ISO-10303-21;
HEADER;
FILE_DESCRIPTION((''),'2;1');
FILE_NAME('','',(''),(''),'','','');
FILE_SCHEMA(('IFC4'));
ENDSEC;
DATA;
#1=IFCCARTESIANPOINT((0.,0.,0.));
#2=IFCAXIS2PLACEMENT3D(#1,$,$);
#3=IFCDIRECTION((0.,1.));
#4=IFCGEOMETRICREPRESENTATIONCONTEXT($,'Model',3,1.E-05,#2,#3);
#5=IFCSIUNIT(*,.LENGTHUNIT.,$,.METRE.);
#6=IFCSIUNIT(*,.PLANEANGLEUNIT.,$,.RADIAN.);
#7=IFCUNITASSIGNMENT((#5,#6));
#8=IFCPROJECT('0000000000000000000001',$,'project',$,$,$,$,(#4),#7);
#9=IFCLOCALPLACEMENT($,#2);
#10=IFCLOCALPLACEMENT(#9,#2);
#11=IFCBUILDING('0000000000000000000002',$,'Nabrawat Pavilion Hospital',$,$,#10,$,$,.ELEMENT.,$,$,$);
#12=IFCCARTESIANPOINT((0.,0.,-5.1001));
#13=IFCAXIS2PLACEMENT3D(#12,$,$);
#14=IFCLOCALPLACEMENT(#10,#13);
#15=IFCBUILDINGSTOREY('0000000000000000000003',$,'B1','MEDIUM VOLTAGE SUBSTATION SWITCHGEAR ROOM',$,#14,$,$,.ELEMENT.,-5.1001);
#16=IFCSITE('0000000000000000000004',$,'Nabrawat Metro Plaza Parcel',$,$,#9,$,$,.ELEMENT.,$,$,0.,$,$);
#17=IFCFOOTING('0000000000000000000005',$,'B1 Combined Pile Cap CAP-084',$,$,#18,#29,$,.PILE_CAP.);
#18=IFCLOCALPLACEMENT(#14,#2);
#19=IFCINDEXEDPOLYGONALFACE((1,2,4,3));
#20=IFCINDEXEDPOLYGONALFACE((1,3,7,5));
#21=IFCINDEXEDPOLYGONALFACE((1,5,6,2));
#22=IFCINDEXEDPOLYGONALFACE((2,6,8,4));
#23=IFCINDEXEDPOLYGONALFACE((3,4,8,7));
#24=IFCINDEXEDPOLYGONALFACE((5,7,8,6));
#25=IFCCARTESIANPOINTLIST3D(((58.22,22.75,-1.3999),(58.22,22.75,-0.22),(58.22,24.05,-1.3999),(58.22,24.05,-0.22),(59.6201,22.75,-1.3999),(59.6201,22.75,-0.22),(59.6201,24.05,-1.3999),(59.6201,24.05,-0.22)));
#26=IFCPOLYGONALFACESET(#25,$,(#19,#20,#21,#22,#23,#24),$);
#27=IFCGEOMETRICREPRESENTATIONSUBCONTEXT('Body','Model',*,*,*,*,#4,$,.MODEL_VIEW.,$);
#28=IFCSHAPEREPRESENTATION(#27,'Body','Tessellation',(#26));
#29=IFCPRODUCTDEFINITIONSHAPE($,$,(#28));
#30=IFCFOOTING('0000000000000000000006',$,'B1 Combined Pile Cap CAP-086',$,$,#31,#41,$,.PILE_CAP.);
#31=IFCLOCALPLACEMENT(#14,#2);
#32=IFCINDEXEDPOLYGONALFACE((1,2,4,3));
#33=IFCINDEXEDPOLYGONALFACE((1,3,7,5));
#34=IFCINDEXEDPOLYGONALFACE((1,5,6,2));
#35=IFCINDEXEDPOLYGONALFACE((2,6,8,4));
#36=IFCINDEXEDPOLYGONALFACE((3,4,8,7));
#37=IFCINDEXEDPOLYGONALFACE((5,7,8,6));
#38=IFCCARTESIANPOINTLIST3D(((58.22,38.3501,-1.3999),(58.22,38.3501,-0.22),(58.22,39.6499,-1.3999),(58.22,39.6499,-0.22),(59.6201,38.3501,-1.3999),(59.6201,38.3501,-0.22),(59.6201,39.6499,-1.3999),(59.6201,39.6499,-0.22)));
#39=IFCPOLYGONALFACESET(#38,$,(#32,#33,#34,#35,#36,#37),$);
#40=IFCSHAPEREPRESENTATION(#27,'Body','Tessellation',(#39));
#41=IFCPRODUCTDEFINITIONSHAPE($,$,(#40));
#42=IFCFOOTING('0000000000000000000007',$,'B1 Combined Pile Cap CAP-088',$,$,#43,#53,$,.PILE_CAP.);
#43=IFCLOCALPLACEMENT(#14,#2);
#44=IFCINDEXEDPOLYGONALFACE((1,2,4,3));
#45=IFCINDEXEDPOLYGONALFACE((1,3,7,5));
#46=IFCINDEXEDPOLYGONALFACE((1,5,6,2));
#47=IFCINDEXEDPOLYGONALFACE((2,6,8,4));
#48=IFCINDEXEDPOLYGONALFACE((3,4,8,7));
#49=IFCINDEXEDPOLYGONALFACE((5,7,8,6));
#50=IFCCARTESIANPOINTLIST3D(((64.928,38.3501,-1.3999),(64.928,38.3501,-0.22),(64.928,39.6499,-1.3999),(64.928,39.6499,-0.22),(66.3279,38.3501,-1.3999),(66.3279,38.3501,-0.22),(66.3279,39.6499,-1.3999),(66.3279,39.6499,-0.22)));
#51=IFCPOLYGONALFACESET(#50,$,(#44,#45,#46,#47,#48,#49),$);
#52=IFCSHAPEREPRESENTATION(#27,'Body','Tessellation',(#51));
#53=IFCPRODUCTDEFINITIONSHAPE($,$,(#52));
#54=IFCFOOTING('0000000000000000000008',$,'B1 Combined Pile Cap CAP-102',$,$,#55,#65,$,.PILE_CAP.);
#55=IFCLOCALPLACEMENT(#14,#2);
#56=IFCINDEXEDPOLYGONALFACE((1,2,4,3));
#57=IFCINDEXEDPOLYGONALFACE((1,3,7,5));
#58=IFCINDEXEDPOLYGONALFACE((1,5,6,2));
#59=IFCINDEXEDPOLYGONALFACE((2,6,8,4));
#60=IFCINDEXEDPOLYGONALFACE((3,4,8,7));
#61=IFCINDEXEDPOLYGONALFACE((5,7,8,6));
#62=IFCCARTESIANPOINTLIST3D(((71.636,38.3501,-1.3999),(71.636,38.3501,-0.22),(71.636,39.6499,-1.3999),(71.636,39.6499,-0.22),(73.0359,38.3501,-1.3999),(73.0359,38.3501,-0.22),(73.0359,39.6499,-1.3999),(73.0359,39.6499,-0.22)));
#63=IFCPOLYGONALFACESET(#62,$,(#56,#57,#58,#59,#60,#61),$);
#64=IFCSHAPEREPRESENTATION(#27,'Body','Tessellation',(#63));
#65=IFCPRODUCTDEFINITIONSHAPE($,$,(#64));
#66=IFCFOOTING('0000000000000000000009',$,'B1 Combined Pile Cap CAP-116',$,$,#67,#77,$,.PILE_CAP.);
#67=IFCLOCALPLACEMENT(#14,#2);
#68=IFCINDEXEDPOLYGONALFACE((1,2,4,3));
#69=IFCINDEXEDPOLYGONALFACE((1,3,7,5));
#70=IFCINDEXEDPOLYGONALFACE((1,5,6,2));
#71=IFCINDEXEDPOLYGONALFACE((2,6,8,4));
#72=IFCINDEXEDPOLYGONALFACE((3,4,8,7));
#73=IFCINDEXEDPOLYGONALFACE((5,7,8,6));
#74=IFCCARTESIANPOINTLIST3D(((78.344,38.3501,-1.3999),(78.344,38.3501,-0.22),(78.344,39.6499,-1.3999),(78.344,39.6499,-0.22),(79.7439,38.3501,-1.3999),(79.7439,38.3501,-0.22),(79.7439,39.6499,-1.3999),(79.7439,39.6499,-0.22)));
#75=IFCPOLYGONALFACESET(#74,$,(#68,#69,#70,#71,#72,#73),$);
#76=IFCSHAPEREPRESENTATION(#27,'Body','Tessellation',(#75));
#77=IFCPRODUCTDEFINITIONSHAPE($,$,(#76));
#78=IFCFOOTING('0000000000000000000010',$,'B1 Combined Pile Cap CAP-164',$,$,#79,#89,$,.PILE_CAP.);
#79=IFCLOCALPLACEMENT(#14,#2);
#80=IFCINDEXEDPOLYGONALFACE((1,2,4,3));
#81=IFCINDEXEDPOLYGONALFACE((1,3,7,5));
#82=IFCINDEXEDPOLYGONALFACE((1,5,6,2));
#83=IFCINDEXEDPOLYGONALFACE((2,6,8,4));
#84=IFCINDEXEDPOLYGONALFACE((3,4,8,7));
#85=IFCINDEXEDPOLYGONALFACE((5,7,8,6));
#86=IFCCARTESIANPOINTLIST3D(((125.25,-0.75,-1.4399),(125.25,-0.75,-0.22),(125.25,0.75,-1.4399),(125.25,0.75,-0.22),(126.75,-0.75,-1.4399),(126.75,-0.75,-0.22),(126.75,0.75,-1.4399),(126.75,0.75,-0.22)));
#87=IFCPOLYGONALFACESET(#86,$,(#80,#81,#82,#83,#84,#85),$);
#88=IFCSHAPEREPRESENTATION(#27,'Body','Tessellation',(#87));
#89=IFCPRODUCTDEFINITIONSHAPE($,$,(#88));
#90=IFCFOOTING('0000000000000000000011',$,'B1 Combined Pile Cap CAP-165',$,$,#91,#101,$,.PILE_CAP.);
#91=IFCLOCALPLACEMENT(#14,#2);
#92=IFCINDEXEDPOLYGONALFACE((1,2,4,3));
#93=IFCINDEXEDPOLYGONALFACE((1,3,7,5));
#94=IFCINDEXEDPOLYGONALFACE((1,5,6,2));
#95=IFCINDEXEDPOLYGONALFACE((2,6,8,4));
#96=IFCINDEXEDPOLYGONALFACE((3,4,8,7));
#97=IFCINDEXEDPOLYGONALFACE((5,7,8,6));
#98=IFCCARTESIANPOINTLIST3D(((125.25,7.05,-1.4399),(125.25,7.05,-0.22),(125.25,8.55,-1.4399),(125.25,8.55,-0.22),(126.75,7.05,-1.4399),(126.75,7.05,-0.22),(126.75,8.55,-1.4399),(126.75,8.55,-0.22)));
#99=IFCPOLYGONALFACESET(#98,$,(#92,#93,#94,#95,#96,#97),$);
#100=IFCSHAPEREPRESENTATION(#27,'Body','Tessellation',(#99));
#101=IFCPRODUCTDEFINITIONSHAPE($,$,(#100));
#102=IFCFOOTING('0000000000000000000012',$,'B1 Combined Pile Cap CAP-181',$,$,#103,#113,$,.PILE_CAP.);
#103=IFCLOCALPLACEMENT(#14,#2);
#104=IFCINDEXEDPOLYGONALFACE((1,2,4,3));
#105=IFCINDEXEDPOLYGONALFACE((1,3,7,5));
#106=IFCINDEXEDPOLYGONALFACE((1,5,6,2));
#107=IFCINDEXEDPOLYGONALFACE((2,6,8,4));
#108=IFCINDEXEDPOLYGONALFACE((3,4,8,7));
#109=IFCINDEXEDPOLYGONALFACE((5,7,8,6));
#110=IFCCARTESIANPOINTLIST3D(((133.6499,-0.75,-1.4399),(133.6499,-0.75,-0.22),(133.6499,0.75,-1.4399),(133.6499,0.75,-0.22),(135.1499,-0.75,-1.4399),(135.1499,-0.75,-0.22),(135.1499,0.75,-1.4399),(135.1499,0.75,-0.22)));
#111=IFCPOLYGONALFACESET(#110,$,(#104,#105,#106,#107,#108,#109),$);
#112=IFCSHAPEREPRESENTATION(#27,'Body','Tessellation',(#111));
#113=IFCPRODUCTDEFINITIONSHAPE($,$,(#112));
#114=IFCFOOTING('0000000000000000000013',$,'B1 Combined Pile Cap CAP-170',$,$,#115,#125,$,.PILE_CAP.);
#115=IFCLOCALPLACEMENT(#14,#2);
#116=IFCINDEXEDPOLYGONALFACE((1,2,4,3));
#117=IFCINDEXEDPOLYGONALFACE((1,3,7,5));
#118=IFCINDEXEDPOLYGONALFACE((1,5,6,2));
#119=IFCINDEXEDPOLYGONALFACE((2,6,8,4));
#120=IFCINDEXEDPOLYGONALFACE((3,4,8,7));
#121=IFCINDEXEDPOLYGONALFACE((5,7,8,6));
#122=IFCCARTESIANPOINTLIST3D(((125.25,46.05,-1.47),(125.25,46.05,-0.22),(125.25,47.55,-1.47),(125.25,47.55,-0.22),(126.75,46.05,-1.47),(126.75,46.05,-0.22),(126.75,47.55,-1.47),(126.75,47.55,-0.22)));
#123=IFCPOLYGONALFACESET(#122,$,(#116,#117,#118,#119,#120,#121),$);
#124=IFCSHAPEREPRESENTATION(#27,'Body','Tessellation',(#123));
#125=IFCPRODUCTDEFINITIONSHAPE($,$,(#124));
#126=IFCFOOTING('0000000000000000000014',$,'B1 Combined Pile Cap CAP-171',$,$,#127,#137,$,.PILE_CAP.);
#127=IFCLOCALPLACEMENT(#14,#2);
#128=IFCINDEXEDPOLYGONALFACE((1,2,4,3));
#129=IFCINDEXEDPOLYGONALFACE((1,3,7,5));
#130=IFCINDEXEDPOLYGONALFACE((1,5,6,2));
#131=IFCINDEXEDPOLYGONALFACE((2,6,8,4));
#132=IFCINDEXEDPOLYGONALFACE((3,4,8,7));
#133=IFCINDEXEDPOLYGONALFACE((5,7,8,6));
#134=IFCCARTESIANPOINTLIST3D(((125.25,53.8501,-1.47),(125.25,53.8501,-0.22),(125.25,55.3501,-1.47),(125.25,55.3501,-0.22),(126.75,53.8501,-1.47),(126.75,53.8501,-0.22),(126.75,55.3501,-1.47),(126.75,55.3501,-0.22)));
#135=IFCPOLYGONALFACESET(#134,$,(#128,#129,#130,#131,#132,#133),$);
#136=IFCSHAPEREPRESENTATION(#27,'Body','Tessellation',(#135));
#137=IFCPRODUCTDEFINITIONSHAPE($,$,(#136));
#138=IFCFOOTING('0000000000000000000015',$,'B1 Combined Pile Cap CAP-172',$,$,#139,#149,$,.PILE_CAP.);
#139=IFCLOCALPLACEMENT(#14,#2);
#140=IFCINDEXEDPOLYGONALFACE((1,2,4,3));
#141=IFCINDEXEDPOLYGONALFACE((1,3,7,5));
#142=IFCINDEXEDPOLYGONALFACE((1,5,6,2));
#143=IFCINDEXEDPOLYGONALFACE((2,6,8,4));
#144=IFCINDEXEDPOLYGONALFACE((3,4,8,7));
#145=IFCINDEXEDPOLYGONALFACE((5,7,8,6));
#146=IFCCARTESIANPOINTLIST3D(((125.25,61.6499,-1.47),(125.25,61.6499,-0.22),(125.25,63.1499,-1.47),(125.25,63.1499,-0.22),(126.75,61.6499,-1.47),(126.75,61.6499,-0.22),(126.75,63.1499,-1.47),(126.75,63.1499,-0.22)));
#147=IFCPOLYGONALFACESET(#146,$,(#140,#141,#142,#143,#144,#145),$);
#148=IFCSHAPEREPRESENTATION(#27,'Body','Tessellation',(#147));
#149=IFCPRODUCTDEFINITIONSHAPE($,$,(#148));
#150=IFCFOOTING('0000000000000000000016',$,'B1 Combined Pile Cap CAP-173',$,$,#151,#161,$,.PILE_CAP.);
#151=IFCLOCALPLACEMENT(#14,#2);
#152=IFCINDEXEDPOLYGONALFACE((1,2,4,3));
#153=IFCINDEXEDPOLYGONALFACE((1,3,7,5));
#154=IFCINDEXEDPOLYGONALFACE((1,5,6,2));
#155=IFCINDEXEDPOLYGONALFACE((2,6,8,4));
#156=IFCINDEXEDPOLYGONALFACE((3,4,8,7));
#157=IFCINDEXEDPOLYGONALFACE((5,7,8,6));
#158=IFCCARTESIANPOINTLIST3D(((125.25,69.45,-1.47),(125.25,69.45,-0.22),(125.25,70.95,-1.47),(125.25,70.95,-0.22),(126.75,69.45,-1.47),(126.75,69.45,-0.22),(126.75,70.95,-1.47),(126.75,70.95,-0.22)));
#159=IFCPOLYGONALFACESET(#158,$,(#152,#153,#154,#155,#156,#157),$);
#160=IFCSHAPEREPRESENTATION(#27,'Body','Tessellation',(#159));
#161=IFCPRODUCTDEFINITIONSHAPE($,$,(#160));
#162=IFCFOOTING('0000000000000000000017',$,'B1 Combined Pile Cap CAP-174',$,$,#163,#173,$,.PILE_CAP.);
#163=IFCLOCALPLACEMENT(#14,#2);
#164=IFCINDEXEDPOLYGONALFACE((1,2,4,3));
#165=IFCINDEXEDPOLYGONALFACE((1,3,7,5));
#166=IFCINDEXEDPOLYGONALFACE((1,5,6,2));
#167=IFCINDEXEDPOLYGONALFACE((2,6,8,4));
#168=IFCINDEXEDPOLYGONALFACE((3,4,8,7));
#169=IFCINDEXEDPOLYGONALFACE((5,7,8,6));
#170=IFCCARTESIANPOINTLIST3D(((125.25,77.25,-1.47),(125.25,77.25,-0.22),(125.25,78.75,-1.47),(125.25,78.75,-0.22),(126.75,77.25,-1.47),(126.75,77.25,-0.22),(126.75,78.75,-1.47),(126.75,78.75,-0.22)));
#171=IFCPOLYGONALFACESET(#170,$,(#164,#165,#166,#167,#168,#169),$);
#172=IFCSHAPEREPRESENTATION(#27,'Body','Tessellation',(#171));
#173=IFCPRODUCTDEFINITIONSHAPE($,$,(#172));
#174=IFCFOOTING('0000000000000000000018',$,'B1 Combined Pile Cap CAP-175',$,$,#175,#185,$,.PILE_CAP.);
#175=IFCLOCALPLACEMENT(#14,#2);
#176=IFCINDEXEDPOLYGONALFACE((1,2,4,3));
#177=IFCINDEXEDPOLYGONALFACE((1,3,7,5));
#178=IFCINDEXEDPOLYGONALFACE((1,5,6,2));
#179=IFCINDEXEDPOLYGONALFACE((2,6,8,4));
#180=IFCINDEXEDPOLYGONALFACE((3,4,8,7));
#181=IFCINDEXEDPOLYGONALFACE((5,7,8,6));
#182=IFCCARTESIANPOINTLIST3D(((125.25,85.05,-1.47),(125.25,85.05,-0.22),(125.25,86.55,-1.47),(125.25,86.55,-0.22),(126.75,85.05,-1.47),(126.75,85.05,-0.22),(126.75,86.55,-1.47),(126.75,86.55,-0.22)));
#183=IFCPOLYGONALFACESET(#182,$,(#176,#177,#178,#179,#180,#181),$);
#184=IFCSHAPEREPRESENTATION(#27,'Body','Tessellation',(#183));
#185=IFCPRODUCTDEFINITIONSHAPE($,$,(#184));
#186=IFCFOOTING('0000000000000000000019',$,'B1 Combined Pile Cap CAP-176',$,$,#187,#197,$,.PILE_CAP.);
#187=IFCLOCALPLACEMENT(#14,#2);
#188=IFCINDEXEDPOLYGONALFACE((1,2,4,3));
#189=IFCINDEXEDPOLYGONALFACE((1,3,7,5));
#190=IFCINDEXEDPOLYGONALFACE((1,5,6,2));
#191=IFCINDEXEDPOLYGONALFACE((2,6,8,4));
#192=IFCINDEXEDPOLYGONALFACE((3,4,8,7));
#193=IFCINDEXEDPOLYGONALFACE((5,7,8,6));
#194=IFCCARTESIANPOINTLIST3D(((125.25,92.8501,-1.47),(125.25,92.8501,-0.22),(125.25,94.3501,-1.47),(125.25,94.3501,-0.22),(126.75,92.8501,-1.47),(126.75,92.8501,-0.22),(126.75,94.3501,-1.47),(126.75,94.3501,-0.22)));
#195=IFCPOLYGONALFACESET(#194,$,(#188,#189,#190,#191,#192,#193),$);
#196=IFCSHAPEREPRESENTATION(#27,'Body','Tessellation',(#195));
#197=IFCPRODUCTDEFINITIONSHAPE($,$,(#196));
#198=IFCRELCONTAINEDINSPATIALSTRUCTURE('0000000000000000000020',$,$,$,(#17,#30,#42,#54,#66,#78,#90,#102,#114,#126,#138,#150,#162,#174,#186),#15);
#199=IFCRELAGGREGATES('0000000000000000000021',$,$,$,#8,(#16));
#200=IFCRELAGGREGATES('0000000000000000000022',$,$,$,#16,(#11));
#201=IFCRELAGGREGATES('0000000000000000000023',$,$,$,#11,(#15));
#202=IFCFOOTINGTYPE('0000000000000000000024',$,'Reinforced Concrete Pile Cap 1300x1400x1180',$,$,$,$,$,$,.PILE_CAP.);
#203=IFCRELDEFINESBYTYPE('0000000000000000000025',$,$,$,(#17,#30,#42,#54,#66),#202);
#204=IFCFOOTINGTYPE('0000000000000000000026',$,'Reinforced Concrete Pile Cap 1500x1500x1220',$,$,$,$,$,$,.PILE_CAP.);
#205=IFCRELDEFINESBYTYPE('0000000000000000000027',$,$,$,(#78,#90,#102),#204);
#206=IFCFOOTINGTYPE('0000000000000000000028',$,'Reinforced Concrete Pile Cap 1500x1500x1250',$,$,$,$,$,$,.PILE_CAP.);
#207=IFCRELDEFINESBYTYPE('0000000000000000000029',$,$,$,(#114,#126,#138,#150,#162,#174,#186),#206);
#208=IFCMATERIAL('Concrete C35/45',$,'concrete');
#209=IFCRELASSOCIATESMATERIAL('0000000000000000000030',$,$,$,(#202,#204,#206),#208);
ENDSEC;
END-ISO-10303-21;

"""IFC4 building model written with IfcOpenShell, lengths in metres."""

from ifc_helpers import new_model, si_unit, direction, frame, origin, place, context, subcontext, project, spatial, polyline, outline, extrude, material, type_object, element, save


model = new_model("IFC4")

# Units and contexts
model_context = context("Model", 3, precision=1e-05, world=origin(), true_north=direction((0.0, 1.0)))
body_context = subcontext(model_context, "Body", "Model", "MODEL_VIEW")
ifc_project = project(units=[si_unit("LENGTHUNIT", "METRE"), si_unit("PLANEANGLEUNIT", "RADIAN")], contexts=[model_context])

# Site, building, storey
site_placement = place(None, origin())
site = spatial("IfcSite", under=ifc_project, at=site_placement, Name="Nabrawat Metro Plaza Parcel", CompositionType="ELEMENT", RefElevation=0.0)
building_placement = place(site_placement, origin())
building = spatial("IfcBuilding", under=site, at=building_placement, Name="Nabrawat Pavilion Hospital", CompositionType="ELEMENT")
storey_placement = place(building_placement, frame((0.0, 0.0, -5.1001)))
storey = spatial("IfcBuildingStorey", under=building, at=storey_placement, Name="B1", Description="MEDIUM VOLTAGE SUBSTATION SWITCHGEAR ROOM", CompositionType="ELEMENT", Elevation=-5.1001)

# Footings
ifc_material = material(Name="Concrete C35/45", Category="concrete")
footing_type_1 = type_object("IfcFootingType", Name="Reinforced Concrete Pile Cap 1300x1400x1180", PredefinedType="PILE_CAP", material=ifc_material)
footing_1_placement = place(storey_placement, frame((0.0, 0.0, -1.3999)))
element("IfcFooting", 1, at=footing_1_placement, inside=storey, type_object=footing_type_1, Name="B1 Combined Pile Cap CAP-084", PredefinedType="PILE_CAP", context=body_context, shape_type="SweptSolid", body=[
    extrude(outline(polyline([(59.6201, 22.75), (59.6201, 24.05), (58.22, 24.05), (58.22, 22.75), (59.6201, 22.75)])), origin(), (0.0, 0.0, 1.0), 1.1799),
])
footing_2_placement = place(storey_placement, frame((0.0, 0.0, -1.3999)))
element("IfcFooting", 2, at=footing_2_placement, inside=storey, type_object=footing_type_1, Name="B1 Combined Pile Cap CAP-086", PredefinedType="PILE_CAP", context=body_context, shape_type="SweptSolid", body=[
    extrude(outline(polyline([(59.6201, 38.3501), (59.6201, 39.6499), (58.22, 39.6499), (58.22, 38.3501), (59.6201, 38.3501)])), origin(), (0.0, 0.0, 1.0), 1.1799),
])
footing_3_placement = place(storey_placement, frame((0.0, 0.0, -1.3999)))
element("IfcFooting", 3, at=footing_3_placement, inside=storey, type_object=footing_type_1, Name="B1 Combined Pile Cap CAP-088", PredefinedType="PILE_CAP", context=body_context, shape_type="SweptSolid", body=[
    extrude(outline(polyline([(66.3279, 38.3501), (66.3279, 39.6499), (64.928, 39.6499), (64.928, 38.3501), (66.3279, 38.3501)])), origin(), (0.0, 0.0, 1.0), 1.1799),
])
footing_4_placement = place(storey_placement, frame((0.0, 0.0, -1.3999)))
element("IfcFooting", 4, at=footing_4_placement, inside=storey, type_object=footing_type_1, Name="B1 Combined Pile Cap CAP-102", PredefinedType="PILE_CAP", context=body_context, shape_type="SweptSolid", body=[
    extrude(outline(polyline([(73.0359, 38.3501), (73.0359, 39.6499), (71.636, 39.6499), (71.636, 38.3501), (73.0359, 38.3501)])), origin(), (0.0, 0.0, 1.0), 1.1799),
])
footing_5_placement = place(storey_placement, frame((0.0, 0.0, -1.3999)))
element("IfcFooting", 5, at=footing_5_placement, inside=storey, type_object=footing_type_1, Name="B1 Combined Pile Cap CAP-116", PredefinedType="PILE_CAP", context=body_context, shape_type="SweptSolid", body=[
    extrude(outline(polyline([(79.7439, 38.3501), (79.7439, 39.6499), (78.344, 39.6499), (78.344, 38.3501), (79.7439, 38.3501)])), origin(), (0.0, 0.0, 1.0), 1.1799),
])
footing_type_2 = type_object("IfcFootingType", Name="Reinforced Concrete Pile Cap 1500x1500x1220", PredefinedType="PILE_CAP", material=ifc_material)
footing_6_placement = place(storey_placement, frame((0.0, 0.0, -1.4399)))
element("IfcFooting", 6, at=footing_6_placement, inside=storey, type_object=footing_type_2, Name="B1 Combined Pile Cap CAP-164", PredefinedType="PILE_CAP", context=body_context, shape_type="SweptSolid", body=[
    extrude(outline(polyline([(126.75, -0.75), (126.75, 0.75), (125.25, 0.75), (125.25, -0.75), (126.75, -0.75)])), origin(), (0.0, 0.0, 1.0), 1.22),
])
footing_7_placement = place(storey_placement, frame((0.0, 0.0, -1.4399)))
element("IfcFooting", 7, at=footing_7_placement, inside=storey, type_object=footing_type_2, Name="B1 Combined Pile Cap CAP-165", PredefinedType="PILE_CAP", context=body_context, shape_type="SweptSolid", body=[
    extrude(outline(polyline([(126.75, 7.05), (126.75, 8.55), (125.25, 8.55), (125.25, 7.05), (126.75, 7.05)])), origin(), (0.0, 0.0, 1.0), 1.22),
])
footing_8_placement = place(storey_placement, frame((0.0, 0.0, -1.4399)))
element("IfcFooting", 8, at=footing_8_placement, inside=storey, type_object=footing_type_2, Name="B1 Combined Pile Cap CAP-181", PredefinedType="PILE_CAP", context=body_context, shape_type="SweptSolid", body=[
    extrude(outline(polyline([(135.1499, -0.75), (135.1499, 0.75), (133.6499, 0.75), (133.6499, -0.75), (135.1499, -0.75)])), origin(), (0.0, 0.0, 1.0), 1.22),
])
footing_type_3 = type_object("IfcFootingType", Name="Reinforced Concrete Pile Cap 1500x1500x1250", PredefinedType="PILE_CAP", material=ifc_material)
footing_9_placement = place(storey_placement, frame((0.0, 0.0, -1.47)))
element("IfcFooting", 9, at=footing_9_placement, inside=storey, type_object=footing_type_3, Name="B1 Combined Pile Cap CAP-170", PredefinedType="PILE_CAP", context=body_context, shape_type="SweptSolid", body=[
    extrude(outline(polyline([(126.75, 46.05), (126.75, 47.55), (125.25, 47.55), (125.25, 46.05), (126.75, 46.05)])), origin(), (0.0, 0.0, 1.0), 1.25),
])
footing_10_placement = place(storey_placement, frame((0.0, 0.0, -1.47)))
element("IfcFooting", 10, at=footing_10_placement, inside=storey, type_object=footing_type_3, Name="B1 Combined Pile Cap CAP-171", PredefinedType="PILE_CAP", context=body_context, shape_type="SweptSolid", body=[
    extrude(outline(polyline([(126.75, 53.8501), (126.75, 55.3501), (125.25, 55.3501), (125.25, 53.8501), (126.75, 53.8501)])), origin(), (0.0, 0.0, 1.0), 1.25),
])
footing_11_placement = place(storey_placement, frame((0.0, 0.0, -1.47)))
element("IfcFooting", 11, at=footing_11_placement, inside=storey, type_object=footing_type_3, Name="B1 Combined Pile Cap CAP-172", PredefinedType="PILE_CAP", context=body_context, shape_type="SweptSolid", body=[
    extrude(outline(polyline([(126.75, 61.6499), (126.75, 63.1499), (125.25, 63.1499), (125.25, 61.6499), (126.75, 61.6499)])), origin(), (0.0, 0.0, 1.0), 1.25),
])
footing_12_placement = place(storey_placement, frame((0.0, 0.0, -1.47)))
element("IfcFooting", 12, at=footing_12_placement, inside=storey, type_object=footing_type_3, Name="B1 Combined Pile Cap CAP-173", PredefinedType="PILE_CAP", context=body_context, shape_type="SweptSolid", body=[
    extrude(outline(polyline([(126.75, 69.45), (126.75, 70.95), (125.25, 70.95), (125.25, 69.45), (126.75, 69.45)])), origin(), (0.0, 0.0, 1.0), 1.25),
])
footing_13_placement = place(storey_placement, frame((0.0, 0.0, -1.47)))
element("IfcFooting", 13, at=footing_13_placement, inside=storey, type_object=footing_type_3, Name="B1 Combined Pile Cap CAP-174", PredefinedType="PILE_CAP", context=body_context, shape_type="SweptSolid", body=[
    extrude(outline(polyline([(126.75, 77.25), (126.75, 78.75), (125.25, 78.75), (125.25, 77.25), (126.75, 77.25)])), origin(), (0.0, 0.0, 1.0), 1.25),
])
footing_14_placement = place(storey_placement, frame((0.0, 0.0, -1.47)))
element("IfcFooting", 14, at=footing_14_placement, inside=storey, type_object=footing_type_3, Name="B1 Combined Pile Cap CAP-175", PredefinedType="PILE_CAP", context=body_context, shape_type="SweptSolid", body=[
    extrude(outline(polyline([(126.75, 85.05), (126.75, 86.55), (125.25, 86.55), (125.25, 85.05), (126.75, 85.05)])), origin(), (0.0, 0.0, 1.0), 1.25),
])
footing_15_placement = place(storey_placement, frame((0.0, 0.0, -1.47)))
element("IfcFooting", 15, at=footing_15_placement, inside=storey, type_object=footing_type_3, Name="B1 Combined Pile Cap CAP-176", PredefinedType="PILE_CAP", context=body_context, shape_type="SweptSolid", body=[
    extrude(outline(polyline([(126.75, 92.8501), (126.75, 94.3501), (125.25, 94.3501), (125.25, 92.8501), (126.75, 92.8501)])), origin(), (0.0, 0.0, 1.0), 1.25),
])

save(model, "model.ifc")
